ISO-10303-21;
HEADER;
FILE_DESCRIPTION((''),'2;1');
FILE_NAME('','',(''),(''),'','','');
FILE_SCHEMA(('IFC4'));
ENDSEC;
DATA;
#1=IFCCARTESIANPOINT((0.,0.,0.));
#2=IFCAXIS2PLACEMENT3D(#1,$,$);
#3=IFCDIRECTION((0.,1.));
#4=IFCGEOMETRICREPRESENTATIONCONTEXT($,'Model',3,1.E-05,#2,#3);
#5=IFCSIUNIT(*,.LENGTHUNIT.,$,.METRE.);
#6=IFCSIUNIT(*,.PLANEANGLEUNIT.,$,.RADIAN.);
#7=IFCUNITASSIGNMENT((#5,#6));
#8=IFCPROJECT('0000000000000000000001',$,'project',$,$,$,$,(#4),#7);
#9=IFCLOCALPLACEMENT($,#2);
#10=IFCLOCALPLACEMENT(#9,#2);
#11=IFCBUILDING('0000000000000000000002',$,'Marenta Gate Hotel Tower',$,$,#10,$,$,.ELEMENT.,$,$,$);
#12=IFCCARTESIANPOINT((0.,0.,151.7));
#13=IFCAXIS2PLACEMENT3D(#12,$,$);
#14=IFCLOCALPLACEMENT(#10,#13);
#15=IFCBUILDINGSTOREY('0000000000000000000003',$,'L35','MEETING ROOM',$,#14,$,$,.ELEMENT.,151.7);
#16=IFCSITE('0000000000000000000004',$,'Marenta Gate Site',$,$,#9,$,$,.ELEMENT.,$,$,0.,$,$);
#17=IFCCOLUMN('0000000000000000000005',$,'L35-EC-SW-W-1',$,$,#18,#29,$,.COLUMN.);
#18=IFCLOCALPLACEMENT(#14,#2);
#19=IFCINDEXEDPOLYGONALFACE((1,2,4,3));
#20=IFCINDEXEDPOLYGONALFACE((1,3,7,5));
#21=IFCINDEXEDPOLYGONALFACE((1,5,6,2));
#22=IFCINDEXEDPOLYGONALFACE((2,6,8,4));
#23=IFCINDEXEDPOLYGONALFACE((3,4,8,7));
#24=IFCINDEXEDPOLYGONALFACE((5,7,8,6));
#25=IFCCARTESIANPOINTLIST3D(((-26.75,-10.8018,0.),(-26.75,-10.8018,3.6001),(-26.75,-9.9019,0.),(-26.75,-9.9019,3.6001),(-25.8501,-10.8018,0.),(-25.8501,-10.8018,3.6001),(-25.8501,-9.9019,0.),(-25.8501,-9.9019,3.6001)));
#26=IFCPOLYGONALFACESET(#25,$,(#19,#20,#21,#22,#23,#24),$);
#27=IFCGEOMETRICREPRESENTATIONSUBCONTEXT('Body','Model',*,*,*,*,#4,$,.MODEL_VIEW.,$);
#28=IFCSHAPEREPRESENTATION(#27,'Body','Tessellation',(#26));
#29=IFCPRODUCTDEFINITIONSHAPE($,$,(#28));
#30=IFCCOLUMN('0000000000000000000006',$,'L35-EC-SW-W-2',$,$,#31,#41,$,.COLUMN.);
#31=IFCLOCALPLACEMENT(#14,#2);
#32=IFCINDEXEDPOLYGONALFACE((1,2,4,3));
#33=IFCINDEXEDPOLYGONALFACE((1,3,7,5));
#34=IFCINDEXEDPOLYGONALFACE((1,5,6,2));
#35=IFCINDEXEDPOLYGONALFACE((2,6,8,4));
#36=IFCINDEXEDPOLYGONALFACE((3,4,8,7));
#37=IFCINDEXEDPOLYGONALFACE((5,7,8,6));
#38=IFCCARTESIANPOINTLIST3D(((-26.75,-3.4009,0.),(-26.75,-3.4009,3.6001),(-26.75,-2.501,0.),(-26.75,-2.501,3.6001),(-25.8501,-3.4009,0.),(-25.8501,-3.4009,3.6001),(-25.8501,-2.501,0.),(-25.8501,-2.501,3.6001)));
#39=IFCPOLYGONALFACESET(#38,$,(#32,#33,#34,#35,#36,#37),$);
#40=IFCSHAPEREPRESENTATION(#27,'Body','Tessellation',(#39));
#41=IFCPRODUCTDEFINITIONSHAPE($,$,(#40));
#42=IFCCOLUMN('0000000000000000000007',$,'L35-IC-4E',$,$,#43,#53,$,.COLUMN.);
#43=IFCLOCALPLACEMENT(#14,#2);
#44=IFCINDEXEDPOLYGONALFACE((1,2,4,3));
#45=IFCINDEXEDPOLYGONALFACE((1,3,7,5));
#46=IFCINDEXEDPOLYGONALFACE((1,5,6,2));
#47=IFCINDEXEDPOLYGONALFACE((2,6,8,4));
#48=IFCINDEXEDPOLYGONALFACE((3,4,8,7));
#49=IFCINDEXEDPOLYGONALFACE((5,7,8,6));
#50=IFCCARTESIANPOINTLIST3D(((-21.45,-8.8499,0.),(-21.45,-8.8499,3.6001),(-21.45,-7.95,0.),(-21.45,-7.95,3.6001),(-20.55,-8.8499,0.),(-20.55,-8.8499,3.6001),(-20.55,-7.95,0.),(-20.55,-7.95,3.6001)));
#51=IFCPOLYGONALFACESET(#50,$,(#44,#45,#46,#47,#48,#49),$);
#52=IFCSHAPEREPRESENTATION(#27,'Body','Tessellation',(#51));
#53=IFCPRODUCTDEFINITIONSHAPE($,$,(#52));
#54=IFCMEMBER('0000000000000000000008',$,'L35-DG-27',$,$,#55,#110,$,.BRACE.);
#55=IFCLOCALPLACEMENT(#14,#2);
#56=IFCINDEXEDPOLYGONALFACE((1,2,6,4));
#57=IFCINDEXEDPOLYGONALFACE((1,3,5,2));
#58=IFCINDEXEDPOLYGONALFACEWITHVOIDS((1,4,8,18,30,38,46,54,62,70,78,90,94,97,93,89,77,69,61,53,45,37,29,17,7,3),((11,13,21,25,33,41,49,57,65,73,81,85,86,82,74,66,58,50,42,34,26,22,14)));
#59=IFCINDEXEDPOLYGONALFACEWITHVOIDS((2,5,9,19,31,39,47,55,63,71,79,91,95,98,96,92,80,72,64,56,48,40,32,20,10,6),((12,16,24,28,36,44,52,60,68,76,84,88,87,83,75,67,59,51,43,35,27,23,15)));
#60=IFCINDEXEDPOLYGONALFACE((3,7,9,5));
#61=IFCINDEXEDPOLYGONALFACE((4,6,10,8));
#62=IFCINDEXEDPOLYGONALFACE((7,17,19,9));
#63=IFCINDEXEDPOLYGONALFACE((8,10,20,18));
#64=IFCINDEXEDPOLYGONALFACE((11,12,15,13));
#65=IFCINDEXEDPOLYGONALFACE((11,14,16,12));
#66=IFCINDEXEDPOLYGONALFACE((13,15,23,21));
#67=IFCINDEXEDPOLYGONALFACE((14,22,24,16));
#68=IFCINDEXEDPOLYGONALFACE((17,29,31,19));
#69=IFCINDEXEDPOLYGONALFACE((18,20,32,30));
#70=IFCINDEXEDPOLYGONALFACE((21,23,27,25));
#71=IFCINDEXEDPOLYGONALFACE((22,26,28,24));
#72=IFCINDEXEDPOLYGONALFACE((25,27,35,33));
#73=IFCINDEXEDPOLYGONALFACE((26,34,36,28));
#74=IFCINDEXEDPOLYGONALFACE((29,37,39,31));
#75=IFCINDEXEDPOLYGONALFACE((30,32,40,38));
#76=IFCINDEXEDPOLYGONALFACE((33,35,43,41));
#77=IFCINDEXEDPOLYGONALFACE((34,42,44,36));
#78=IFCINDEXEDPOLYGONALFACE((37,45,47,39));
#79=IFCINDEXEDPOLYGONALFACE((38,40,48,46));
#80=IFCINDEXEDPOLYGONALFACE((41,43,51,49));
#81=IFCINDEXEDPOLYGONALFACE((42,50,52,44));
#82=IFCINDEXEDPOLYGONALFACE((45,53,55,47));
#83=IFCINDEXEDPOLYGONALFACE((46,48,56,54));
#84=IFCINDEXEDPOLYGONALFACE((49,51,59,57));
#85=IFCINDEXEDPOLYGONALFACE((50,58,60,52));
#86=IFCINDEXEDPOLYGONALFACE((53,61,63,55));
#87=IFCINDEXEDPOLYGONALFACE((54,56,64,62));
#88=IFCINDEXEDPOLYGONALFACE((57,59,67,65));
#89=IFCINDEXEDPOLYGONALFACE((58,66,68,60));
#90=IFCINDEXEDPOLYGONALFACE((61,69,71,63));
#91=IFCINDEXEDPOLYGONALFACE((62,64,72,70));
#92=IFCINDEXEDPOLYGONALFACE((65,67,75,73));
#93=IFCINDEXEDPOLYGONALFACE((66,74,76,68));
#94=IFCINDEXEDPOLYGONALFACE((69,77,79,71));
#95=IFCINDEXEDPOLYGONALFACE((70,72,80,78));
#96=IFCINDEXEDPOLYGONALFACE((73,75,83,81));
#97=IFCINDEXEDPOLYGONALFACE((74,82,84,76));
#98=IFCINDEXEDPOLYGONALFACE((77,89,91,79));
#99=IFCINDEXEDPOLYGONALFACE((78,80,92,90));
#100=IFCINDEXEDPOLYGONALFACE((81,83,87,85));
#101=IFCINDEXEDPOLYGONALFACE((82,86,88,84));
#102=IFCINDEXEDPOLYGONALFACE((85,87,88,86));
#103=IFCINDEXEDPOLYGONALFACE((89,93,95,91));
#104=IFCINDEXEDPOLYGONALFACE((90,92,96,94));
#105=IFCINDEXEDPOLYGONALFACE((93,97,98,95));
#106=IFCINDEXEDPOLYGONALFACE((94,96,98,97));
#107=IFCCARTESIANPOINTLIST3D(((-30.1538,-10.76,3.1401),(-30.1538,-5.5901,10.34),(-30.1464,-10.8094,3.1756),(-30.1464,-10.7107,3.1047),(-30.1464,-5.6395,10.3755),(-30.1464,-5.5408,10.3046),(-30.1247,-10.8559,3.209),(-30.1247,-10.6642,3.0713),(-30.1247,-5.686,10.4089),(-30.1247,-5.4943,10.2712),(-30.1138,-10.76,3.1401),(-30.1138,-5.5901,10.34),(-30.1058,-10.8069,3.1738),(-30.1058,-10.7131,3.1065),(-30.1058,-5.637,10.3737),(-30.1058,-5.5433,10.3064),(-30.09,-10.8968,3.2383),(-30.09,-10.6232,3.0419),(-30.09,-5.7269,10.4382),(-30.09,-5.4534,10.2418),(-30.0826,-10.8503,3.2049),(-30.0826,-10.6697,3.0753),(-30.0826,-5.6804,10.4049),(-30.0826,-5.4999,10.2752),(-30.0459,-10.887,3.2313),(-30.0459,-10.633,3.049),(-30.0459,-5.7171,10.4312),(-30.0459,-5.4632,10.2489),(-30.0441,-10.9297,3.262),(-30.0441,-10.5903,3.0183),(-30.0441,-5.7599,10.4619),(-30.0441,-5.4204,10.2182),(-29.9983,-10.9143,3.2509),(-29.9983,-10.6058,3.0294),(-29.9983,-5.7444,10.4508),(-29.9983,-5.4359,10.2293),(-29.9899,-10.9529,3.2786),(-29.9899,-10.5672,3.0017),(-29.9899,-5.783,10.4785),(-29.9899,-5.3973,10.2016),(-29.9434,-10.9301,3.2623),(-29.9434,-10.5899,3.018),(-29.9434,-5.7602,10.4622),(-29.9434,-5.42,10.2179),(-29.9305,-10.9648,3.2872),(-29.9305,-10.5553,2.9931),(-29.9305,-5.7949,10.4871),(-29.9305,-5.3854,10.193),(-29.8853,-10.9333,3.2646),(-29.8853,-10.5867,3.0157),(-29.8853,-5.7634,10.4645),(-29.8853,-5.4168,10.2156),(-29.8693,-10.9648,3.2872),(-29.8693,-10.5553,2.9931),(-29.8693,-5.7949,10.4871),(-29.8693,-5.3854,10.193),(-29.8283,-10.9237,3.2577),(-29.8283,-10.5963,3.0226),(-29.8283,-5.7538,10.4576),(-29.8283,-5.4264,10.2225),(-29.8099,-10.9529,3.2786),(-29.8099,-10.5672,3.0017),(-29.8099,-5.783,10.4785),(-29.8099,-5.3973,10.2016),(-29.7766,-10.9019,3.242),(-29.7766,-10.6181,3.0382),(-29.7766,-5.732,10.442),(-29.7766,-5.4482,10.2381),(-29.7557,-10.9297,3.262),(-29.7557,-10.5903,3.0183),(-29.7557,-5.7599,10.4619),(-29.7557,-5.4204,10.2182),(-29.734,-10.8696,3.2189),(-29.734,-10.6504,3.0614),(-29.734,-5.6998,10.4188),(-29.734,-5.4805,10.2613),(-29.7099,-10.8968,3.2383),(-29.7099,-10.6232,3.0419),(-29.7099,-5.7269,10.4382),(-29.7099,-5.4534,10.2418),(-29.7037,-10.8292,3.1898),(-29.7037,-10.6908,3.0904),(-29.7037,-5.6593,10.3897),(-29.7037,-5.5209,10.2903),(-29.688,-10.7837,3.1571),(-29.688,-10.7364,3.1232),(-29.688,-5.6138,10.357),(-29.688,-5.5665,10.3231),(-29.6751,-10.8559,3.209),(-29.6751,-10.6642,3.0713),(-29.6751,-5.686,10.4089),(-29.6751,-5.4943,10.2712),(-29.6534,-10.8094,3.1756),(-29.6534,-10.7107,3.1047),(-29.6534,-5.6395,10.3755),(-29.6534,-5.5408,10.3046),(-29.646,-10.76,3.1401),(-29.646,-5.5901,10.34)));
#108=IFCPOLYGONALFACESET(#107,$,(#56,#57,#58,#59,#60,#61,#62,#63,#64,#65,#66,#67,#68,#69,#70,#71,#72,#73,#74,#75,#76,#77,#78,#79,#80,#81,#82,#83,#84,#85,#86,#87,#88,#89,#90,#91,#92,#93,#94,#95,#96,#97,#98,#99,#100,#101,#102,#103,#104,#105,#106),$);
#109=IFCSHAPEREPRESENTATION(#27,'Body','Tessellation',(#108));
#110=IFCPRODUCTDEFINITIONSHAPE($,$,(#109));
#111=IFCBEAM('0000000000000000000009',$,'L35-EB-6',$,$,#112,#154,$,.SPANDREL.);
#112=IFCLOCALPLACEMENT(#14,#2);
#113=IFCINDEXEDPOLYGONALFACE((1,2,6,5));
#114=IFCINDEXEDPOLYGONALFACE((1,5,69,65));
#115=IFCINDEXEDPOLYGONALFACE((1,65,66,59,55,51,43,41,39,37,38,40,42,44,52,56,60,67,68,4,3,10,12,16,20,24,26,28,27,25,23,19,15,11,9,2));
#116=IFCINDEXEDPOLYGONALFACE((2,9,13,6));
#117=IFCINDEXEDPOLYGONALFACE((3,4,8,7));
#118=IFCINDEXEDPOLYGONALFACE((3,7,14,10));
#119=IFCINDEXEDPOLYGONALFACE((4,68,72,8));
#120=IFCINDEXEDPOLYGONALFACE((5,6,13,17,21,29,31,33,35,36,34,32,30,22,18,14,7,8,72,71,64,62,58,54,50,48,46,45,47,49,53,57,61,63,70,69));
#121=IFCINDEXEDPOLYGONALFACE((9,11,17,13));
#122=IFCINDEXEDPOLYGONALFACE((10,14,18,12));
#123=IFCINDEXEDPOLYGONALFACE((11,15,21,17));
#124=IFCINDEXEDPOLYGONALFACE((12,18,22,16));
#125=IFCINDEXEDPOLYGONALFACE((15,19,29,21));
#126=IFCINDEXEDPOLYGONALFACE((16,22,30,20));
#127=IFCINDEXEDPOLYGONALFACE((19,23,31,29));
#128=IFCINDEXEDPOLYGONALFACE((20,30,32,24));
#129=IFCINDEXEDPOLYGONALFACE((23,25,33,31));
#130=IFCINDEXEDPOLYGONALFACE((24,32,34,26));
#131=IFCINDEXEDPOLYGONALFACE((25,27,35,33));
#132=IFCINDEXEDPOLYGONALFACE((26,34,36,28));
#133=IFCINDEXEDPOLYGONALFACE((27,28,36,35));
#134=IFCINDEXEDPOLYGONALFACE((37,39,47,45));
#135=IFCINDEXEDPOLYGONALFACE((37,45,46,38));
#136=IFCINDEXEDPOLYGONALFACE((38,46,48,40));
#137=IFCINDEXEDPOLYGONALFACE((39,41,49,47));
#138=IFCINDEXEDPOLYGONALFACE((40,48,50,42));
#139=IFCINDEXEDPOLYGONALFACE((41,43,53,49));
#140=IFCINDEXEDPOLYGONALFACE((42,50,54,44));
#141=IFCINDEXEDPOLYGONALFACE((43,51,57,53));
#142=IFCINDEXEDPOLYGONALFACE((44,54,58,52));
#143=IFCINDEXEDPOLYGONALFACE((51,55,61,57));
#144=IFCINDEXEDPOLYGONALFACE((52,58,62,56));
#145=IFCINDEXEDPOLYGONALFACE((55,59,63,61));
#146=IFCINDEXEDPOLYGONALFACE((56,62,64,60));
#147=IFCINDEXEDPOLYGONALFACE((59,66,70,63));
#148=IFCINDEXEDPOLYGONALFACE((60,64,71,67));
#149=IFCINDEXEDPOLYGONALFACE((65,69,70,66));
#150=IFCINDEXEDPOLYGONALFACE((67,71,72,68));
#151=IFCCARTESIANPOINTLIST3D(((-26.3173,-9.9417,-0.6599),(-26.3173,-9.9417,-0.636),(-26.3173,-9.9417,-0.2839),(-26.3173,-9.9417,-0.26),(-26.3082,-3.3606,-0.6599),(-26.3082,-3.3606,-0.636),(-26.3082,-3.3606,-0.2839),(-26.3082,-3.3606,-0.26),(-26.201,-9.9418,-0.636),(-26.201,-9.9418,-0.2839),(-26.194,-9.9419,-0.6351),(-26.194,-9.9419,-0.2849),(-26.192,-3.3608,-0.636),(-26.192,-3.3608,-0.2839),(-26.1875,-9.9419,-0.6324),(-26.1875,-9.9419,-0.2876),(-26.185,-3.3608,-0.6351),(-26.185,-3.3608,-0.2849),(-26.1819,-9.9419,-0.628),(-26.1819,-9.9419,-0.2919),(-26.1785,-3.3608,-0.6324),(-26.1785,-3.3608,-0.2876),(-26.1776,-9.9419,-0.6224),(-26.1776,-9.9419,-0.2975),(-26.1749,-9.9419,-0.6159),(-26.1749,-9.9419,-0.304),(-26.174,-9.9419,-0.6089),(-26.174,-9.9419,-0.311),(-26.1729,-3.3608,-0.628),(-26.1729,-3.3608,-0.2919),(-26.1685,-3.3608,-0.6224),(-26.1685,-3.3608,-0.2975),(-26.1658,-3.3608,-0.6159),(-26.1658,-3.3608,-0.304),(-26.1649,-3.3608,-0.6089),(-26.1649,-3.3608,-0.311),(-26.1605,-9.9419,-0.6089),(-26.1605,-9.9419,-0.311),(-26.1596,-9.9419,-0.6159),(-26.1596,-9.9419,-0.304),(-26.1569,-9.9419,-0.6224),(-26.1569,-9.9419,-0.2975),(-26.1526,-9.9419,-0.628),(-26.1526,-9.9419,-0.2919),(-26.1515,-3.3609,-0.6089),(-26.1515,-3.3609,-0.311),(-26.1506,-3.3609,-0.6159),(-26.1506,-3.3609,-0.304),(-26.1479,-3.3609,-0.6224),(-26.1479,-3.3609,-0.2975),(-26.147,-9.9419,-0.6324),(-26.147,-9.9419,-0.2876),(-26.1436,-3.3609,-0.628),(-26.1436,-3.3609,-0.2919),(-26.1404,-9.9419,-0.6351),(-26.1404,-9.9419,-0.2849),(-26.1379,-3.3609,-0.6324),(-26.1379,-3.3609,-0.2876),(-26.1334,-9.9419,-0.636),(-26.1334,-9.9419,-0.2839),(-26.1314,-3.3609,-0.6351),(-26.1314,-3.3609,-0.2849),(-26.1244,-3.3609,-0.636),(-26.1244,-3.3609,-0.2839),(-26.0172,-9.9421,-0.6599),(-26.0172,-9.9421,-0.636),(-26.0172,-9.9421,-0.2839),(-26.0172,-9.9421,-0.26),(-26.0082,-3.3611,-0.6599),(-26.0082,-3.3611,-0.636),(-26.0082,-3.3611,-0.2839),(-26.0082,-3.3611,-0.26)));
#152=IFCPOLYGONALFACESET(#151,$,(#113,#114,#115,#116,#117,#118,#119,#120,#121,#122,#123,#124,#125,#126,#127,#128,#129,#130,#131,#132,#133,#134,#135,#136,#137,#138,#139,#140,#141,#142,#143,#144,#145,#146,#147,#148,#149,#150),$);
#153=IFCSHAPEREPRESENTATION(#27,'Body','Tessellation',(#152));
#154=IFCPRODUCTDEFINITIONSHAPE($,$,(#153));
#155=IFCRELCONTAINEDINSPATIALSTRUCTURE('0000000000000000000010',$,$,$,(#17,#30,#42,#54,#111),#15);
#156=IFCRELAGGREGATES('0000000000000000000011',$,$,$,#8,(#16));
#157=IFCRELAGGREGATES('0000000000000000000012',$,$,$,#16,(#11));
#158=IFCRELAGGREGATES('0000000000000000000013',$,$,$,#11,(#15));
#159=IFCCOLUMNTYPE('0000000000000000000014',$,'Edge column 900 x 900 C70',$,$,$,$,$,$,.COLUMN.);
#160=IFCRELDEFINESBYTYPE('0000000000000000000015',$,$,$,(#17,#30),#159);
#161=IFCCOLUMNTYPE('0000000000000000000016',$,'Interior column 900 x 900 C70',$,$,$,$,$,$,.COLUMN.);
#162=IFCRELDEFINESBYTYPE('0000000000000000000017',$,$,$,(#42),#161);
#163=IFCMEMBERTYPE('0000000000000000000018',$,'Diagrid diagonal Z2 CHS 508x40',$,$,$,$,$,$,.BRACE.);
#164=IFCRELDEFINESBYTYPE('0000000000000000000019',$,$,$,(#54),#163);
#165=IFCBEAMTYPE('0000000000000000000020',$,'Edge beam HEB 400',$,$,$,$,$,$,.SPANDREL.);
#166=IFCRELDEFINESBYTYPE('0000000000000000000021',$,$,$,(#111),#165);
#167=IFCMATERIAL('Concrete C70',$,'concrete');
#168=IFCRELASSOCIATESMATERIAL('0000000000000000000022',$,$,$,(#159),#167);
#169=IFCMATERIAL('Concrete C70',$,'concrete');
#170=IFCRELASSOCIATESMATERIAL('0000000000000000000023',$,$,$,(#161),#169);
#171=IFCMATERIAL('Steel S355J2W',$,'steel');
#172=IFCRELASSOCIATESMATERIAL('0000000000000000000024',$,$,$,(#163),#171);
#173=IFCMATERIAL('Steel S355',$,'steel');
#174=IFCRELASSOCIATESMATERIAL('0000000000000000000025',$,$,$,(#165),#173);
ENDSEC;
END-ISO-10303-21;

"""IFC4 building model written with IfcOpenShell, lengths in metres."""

from ifc_helpers import new_model, si_unit, direction, frame, origin, origin_2d, place, context, subcontext, project, spatial, rectangle, hollow_circle, i_section, extrude, material, material_profile, profile_set, type_object, element, save


model = new_model("IFC4")

# Units and contexts
model_context = context("Model", 3, precision=1e-05, world=origin(), true_north=direction((0.0, 1.0)))
body_context = subcontext(model_context, "Body", "Model", "MODEL_VIEW")
ifc_project = project(units=[si_unit("LENGTHUNIT", "METRE"), si_unit("PLANEANGLEUNIT", "RADIAN")], contexts=[model_context])

# Site, building, storey
site_placement = place(None, origin())
site = spatial("IfcSite", under=ifc_project, at=site_placement, Name="Marenta Gate Site", CompositionType="ELEMENT", RefElevation=0.0)
building_placement = place(site_placement, origin())
building = spatial("IfcBuilding", under=site, at=building_placement, Name="Marenta Gate Hotel Tower", CompositionType="ELEMENT")
storey_placement = place(building_placement, frame((0.0, 0.0, 151.7)))
storey = spatial("IfcBuildingStorey", under=building, at=storey_placement, Name="L35", Description="MEETING ROOM", CompositionType="ELEMENT", Elevation=151.7)

# Columns
ifc_material_1 = material(Name="Concrete C70", Category="concrete")
ifc_material_profile_1 = material_profile(ifc_material_1, rectangle(XDim=0.8999, YDim=0.8999, at=origin_2d()), Name="900 x 900")
ifc_profile_set_1 = profile_set([ifc_material_profile_1], Name="Concrete C70")
column_type_1 = type_object("IfcColumnType", Name="Edge column 900 x 900 C70", PredefinedType="COLUMN", material=ifc_profile_set_1)
for number, where, z_axis, x_axis, name in (
    (1, (-26.3, -10.3518, 0.0), (0.0, 0.0, 1.0), (1.0, 0.0, 0.0), "L35-EC-SW-W-1"),
    (2, (-26.3, -2.9509, 0.0), (0.0, 0.0, 1.0), (1.0, 0.0, 0.0), "L35-EC-SW-W-2"),
):
    element("IfcColumn", number, at=place(storey_placement, frame(where, z_axis=z_axis, x_axis=x_axis)), inside=storey, type_object=column_type_1, Name=name, PredefinedType="COLUMN", context=body_context, shape_type="SweptSolid", body=[
        extrude(rectangle(XDim=0.8999, YDim=0.8999, at=origin_2d()), origin(), (0.0, 0.0, 1.0), 3.6001),
    ])
ifc_material_2 = material(Name="Concrete C70", Category="concrete")
ifc_material_profile_2 = material_profile(ifc_material_2, rectangle(XDim=0.8999, YDim=0.8999, at=origin_2d()), Name="900 x 900")
ifc_profile_set_2 = profile_set([ifc_material_profile_2], Name="Concrete C70")
column_type_2 = type_object("IfcColumnType", Name="Interior column 900 x 900 C70", PredefinedType="COLUMN", material=ifc_profile_set_2)
column_placement = place(storey_placement, frame((-21.0, -8.3999, 0.0), z_axis=(0.0, 0.0, 1.0), x_axis=(1.0, 0.0, 0.0)))
element("IfcColumn", 3, at=column_placement, inside=storey, type_object=column_type_2, Name="L35-IC-4E", PredefinedType="COLUMN", context=body_context, shape_type="SweptSolid", body=[
    extrude(rectangle(XDim=0.8999, YDim=0.8999, at=origin_2d()), origin(), (0.0, 0.0, 1.0), 3.6001),
])

# Member
ifc_material_3 = material(Name="Steel S355J2W", Category="steel")
ifc_material_profile_3 = material_profile(ifc_material_3, hollow_circle(Radius=0.2539, WallThickness=0.04, at=origin_2d()), Name="CHS 508x40")
ifc_profile_set_3 = profile_set([ifc_material_profile_3], Name="Steel S355J2W")
member_type_1 = type_object("IfcMemberType", Name="Diagrid diagonal Z2 CHS 508x40", PredefinedType="BRACE", material=ifc_profile_set_3)
member_1_placement = place(storey_placement, frame((-29.8999, -10.76, 3.1401), z_axis=(0.0, 0.583261, 0.812285), x_axis=(-1.0, 0.0, 0.0)))
element("IfcMember", 4, at=member_1_placement, inside=storey, type_object=member_type_1, Name="L35-DG-27", PredefinedType="BRACE", context=body_context, shape_type="SweptSolid", body=[
    extrude(hollow_circle(Radius=0.2539, WallThickness=0.04, at=origin_2d()), origin(), (0.0, 0.0, 1.0), 8.8638),
])

# Beam
ifc_material_4 = material(Name="Steel S355", Category="steel")
ifc_material_profile_4 = material_profile(ifc_material_4, i_section(OverallWidth=0.3, OverallDepth=0.3999, WebThickness=0.0134, FlangeThickness=0.0239, FilletRadius=0.0271, at=origin_2d()), Name="HEB 400")
ifc_profile_set_4 = profile_set([ifc_material_profile_4], Name="Steel S355")
beam_type_1 = type_object("IfcBeamType", Name="Edge beam HEB 400", PredefinedType="SPANDREL", material=ifc_profile_set_4)
beam_1_placement = place(storey_placement, frame((-26.1672, -9.9419, -0.46), z_axis=(0.001373, 0.999999, 0.0), x_axis=(-0.999999, 0.001373, 0.0)))
element("IfcBeam", 5, at=beam_1_placement, inside=storey, type_object=beam_type_1, Name="L35-EB-6", PredefinedType="SPANDREL", context=body_context, shape_type="SweptSolid", body=[
    extrude(i_section(OverallWidth=0.3, OverallDepth=0.3999, WebThickness=0.0134, FlangeThickness=0.0239, FilletRadius=0.0271, at=origin_2d()), origin(), (0.0, 0.0, 1.0), 6.5811),
])

save(model, "model.ifc")
